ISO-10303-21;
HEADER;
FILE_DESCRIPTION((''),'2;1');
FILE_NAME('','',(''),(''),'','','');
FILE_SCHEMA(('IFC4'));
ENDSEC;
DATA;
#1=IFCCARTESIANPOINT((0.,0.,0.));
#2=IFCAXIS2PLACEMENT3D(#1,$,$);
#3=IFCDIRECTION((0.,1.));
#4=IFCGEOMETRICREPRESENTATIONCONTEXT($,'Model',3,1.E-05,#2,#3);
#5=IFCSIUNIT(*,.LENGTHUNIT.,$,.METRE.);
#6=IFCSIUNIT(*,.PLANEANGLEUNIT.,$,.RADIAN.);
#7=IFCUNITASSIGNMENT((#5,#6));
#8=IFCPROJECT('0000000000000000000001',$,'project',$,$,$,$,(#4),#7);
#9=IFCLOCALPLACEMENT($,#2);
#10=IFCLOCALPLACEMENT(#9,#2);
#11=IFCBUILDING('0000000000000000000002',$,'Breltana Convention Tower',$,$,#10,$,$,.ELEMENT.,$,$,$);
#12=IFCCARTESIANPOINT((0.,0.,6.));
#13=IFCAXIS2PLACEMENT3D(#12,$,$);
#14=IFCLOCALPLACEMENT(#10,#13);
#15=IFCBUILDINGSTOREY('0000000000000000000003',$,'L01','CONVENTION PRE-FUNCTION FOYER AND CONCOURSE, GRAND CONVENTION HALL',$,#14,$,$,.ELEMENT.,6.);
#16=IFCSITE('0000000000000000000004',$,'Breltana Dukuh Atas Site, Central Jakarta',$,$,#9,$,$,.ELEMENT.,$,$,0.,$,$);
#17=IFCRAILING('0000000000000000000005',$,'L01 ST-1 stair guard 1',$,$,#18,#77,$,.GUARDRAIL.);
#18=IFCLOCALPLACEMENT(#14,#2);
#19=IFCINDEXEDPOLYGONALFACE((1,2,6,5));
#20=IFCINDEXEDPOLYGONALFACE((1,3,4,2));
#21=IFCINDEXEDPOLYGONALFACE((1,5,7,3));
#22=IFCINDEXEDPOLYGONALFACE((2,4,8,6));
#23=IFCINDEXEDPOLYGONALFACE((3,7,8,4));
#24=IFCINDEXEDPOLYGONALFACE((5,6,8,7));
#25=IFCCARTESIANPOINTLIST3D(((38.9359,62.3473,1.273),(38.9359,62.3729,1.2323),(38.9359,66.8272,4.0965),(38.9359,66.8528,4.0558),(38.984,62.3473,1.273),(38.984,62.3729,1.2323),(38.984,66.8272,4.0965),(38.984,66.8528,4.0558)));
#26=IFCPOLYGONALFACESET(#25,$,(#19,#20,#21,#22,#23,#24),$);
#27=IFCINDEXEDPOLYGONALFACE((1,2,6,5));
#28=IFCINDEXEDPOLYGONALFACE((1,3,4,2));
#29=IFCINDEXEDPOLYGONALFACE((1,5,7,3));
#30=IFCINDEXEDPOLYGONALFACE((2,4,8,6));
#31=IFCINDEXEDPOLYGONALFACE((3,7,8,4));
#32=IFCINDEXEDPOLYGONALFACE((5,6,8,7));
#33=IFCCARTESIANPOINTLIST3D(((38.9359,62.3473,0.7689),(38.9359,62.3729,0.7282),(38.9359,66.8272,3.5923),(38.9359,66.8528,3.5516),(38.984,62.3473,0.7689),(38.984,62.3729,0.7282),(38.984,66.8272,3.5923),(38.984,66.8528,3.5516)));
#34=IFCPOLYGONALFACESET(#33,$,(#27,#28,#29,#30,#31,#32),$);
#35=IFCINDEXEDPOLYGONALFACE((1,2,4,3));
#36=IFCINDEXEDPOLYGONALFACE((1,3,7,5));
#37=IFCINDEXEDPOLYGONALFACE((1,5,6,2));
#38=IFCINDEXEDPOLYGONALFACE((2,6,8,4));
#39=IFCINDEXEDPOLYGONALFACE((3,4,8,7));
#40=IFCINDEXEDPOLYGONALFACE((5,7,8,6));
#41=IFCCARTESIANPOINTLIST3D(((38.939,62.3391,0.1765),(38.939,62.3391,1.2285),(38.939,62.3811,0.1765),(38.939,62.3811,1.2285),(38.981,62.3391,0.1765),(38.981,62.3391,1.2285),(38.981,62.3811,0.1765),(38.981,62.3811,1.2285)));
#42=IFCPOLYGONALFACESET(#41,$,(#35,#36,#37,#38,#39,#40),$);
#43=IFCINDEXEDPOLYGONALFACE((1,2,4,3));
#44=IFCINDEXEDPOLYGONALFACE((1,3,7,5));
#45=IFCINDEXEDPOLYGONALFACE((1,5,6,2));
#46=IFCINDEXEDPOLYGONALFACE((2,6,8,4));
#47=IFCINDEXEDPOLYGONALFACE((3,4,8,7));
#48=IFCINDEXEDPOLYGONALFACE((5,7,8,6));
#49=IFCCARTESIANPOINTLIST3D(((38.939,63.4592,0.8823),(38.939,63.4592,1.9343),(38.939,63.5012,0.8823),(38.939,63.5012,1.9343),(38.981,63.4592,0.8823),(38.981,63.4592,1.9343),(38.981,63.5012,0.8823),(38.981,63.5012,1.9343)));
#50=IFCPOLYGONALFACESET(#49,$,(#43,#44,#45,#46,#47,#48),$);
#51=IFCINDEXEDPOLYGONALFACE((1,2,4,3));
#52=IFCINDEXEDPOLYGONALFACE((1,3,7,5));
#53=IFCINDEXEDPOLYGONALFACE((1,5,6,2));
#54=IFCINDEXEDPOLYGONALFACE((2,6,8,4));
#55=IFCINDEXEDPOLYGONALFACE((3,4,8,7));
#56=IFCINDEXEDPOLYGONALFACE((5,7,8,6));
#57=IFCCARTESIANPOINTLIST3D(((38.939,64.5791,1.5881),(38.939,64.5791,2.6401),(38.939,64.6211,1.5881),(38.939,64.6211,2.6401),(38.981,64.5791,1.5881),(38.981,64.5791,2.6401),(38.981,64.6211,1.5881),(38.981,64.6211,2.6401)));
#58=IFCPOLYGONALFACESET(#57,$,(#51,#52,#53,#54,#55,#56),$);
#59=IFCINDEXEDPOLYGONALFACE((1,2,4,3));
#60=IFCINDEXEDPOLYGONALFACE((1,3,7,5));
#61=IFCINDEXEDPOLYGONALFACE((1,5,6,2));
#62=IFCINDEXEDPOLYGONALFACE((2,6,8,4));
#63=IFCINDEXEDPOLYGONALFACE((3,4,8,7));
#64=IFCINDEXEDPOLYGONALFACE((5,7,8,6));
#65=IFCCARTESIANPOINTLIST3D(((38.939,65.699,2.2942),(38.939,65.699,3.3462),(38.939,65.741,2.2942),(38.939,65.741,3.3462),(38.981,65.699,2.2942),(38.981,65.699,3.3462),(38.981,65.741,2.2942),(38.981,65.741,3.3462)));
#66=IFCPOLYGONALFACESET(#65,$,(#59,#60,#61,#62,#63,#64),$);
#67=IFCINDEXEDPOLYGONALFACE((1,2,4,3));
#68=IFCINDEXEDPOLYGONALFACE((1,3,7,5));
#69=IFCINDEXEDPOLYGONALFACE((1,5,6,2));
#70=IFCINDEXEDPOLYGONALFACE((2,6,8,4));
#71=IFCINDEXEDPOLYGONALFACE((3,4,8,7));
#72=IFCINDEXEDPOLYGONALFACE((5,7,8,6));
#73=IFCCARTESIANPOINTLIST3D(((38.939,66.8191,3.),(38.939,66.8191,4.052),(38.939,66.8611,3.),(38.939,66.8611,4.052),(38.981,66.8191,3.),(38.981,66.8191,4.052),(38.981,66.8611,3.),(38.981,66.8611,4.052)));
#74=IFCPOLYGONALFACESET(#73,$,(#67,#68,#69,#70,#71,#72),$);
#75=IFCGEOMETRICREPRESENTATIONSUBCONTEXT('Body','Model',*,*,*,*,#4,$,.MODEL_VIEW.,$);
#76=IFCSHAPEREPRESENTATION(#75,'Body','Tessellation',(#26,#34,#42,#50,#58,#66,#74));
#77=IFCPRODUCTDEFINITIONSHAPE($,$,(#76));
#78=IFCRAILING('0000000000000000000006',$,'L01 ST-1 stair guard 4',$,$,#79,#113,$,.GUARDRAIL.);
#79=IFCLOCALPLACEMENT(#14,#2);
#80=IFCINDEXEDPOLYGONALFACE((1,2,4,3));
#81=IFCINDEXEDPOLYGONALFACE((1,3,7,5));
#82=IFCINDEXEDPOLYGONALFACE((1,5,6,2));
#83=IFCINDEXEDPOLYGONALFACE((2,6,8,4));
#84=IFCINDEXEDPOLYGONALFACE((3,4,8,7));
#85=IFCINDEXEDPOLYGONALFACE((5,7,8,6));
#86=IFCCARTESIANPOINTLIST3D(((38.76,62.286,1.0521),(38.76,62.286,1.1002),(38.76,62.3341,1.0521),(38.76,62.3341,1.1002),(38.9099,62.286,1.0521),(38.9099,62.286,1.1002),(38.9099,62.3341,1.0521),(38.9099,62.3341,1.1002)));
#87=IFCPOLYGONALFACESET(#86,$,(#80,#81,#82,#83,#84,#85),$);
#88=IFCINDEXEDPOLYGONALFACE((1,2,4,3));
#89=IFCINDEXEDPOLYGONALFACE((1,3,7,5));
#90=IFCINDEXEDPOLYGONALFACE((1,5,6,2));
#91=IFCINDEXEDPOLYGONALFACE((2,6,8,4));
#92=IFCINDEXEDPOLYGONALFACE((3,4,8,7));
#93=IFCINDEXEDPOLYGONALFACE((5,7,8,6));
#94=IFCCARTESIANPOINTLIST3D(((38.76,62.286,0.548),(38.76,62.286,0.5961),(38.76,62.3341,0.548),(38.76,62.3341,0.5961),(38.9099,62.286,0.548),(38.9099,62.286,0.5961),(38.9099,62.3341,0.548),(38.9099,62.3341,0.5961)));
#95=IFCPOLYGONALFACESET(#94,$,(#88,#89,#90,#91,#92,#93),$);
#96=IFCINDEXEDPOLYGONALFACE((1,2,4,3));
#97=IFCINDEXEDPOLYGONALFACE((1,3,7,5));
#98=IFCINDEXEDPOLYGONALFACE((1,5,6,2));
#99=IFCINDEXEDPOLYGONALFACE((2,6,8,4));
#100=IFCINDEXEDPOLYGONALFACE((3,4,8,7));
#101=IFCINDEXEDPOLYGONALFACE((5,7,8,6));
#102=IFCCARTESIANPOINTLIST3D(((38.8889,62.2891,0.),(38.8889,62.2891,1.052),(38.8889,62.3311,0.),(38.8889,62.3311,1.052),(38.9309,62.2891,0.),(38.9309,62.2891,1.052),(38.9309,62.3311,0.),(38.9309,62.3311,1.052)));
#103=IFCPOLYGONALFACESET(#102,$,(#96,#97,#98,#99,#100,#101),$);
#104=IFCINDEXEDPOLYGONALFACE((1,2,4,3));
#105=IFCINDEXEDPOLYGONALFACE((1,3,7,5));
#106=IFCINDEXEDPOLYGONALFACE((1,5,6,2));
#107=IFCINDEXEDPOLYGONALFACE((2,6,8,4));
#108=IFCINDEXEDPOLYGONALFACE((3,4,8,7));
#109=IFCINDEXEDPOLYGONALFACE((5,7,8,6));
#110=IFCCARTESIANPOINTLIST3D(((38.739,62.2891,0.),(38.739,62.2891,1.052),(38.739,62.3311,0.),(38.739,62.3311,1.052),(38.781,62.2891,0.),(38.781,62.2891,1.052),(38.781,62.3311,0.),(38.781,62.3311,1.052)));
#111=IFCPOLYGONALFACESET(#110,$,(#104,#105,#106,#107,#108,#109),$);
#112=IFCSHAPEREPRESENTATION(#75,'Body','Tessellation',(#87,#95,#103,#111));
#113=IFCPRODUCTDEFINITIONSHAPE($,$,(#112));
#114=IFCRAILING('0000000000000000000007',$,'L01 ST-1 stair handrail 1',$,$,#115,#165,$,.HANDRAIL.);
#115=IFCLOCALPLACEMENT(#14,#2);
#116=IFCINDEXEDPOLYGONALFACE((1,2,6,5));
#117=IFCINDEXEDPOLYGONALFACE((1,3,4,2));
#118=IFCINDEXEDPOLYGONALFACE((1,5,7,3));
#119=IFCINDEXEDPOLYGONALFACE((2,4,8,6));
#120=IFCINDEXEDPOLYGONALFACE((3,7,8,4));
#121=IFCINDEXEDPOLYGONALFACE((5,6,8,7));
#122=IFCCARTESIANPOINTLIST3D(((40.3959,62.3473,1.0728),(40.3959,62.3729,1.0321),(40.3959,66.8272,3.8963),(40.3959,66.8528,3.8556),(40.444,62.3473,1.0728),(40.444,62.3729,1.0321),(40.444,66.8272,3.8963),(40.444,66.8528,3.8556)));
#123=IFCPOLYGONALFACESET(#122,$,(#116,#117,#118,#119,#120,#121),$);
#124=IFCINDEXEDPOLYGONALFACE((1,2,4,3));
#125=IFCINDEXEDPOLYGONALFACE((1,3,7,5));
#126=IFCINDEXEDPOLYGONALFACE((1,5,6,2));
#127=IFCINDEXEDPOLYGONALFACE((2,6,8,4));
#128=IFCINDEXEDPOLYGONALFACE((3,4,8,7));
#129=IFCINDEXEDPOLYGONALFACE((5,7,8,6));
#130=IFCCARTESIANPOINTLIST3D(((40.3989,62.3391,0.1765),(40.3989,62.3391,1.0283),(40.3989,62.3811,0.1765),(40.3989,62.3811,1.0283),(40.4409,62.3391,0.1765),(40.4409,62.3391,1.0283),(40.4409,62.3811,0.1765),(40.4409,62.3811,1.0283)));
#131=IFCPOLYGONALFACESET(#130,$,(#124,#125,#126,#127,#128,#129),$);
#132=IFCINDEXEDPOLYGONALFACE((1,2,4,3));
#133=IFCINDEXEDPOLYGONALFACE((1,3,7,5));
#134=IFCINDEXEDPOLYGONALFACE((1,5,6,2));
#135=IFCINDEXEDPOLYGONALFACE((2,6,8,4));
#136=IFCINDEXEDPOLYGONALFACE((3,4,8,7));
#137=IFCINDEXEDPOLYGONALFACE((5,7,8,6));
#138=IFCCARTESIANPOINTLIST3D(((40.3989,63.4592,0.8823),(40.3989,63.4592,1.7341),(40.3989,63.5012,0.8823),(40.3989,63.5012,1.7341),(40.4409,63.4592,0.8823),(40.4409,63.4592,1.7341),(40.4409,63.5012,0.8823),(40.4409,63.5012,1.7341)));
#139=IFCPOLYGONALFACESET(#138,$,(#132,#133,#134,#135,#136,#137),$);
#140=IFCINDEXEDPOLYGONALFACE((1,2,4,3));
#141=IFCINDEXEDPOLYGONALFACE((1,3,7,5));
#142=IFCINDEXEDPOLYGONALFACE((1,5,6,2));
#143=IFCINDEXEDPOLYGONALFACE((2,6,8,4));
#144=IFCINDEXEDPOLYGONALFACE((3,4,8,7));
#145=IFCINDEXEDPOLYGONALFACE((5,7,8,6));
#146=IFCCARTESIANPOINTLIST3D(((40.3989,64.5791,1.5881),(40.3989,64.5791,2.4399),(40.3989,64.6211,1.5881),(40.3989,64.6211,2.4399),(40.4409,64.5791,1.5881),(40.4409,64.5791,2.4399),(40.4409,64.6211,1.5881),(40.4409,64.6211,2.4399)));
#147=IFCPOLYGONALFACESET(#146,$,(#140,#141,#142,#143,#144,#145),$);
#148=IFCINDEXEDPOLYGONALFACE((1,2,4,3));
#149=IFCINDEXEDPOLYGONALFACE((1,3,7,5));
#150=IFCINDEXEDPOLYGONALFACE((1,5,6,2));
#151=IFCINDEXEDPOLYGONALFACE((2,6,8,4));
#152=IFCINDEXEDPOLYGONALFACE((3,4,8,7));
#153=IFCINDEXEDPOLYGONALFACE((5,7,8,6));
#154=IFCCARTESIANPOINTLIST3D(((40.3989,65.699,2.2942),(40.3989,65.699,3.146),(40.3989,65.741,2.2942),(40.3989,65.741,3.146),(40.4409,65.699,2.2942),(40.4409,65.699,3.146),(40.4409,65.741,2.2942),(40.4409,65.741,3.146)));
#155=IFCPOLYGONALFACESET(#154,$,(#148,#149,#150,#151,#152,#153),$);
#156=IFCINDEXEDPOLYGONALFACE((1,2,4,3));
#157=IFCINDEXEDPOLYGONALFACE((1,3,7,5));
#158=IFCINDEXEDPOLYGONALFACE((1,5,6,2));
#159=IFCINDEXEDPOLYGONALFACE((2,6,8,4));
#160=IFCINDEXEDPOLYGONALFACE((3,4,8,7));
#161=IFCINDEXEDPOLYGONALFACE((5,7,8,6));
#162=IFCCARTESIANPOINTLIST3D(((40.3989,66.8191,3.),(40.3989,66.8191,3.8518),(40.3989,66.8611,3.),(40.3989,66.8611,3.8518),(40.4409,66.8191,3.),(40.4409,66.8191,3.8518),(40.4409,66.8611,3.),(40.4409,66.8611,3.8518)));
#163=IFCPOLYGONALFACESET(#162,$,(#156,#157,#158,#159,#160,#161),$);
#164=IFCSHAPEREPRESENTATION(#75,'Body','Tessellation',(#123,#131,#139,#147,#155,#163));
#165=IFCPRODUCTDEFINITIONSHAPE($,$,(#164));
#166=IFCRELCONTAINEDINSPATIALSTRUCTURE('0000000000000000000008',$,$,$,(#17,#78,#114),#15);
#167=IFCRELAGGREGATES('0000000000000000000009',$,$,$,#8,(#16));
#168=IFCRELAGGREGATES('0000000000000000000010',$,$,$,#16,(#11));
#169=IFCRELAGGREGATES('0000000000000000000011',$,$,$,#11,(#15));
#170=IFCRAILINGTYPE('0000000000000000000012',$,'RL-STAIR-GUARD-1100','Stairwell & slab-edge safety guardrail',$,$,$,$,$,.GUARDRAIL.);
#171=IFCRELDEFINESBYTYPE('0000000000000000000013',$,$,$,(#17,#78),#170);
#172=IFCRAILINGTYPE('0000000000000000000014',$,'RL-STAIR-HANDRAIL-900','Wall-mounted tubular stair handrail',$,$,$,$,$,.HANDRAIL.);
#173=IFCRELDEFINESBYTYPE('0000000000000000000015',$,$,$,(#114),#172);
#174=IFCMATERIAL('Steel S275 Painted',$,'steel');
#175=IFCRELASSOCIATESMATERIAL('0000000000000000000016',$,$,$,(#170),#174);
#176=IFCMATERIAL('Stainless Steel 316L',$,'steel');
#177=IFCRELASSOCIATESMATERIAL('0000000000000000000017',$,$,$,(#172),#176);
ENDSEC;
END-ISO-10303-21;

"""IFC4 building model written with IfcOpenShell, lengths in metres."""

from ifc_helpers import new_model, si_unit, direction, frame, origin, origin_2d, place, context, subcontext, project, spatial, rectangle, extrude, material, type_object, element, save


model = new_model("IFC4")

# Units and contexts
model_context = context("Model", 3, precision=1e-05, world=origin(), true_north=direction((0.0, 1.0)))
body_context = subcontext(model_context, "Body", "Model", "MODEL_VIEW")
ifc_project = project(units=[si_unit("LENGTHUNIT", "METRE"), si_unit("PLANEANGLEUNIT", "RADIAN")], contexts=[model_context])

# Site, building, storey
site_placement = place(None, origin())
site = spatial("IfcSite", under=ifc_project, at=site_placement, Name="Breltana Dukuh Atas Site, Central Jakarta", CompositionType="ELEMENT", RefElevation=0.0)
building_placement = place(site_placement, origin())
building = spatial("IfcBuilding", under=site, at=building_placement, Name="Breltana Convention Tower", CompositionType="ELEMENT")
storey_placement = place(building_placement, frame((0.0, 0.0, 6.0)))
storey = spatial("IfcBuildingStorey", under=building, at=storey_placement, Name="L01", Description="CONVENTION PRE-FUNCTION FOYER AND CONCOURSE, GRAND CONVENTION HALL", CompositionType="ELEMENT", Elevation=6.0)

# Railings
ifc_material_1 = material(Name="Steel S275 Painted", Category="steel")
railing_type_1 = type_object("IfcRailingType", Name="RL-STAIR-GUARD-1100", Description="Stairwell & slab-edge safety guardrail", PredefinedType="GUARDRAIL", material=ifc_material_1)
railing_1_placement = place(storey_placement, frame((38.96, 62.3601, 0.1765)))
element("IfcRailing", 1, at=railing_1_placement, inside=storey, type_object=railing_type_1, Name="L01 ST-1 stair guard 1", PredefinedType="GUARDRAIL", context=body_context, shape_type="SweptSolid", body=[
    extrude(rectangle(XDim=0.0481, YDim=0.0481, at=origin_2d()), frame((0.0, 0.0, 1.0762), z_axis=(0.0, 0.845998, 0.533186), x_axis=(-1.0, 0.0, 0.0)), (0.0, 0.0, 1.0), 5.2954),
    extrude(rectangle(XDim=0.0481, YDim=0.0481, at=origin_2d()), frame((0.0, 0.0, 0.572), z_axis=(0.0, 0.845998, 0.533186), x_axis=(-1.0, 0.0, 0.0)), (0.0, 0.0, 1.0), 5.2954),
    extrude(rectangle(XDim=0.042, YDim=0.042, at=origin_2d()), origin(), (0.0, 0.0, 1.0), 1.052),
    extrude(rectangle(XDim=0.042, YDim=0.042, at=origin_2d()), frame((0.0, 1.1201, 0.7058)), (0.0, 0.0, 1.0), 1.052),
    extrude(rectangle(XDim=0.042, YDim=0.042, at=origin_2d()), frame((0.0, 2.24, 1.4116)), (0.0, 0.0, 1.0), 1.052),
    extrude(rectangle(XDim=0.042, YDim=0.042, at=origin_2d()), frame((0.0, 3.3599, 2.1177)), (0.0, 0.0, 1.0), 1.052),
    extrude(rectangle(XDim=0.042, YDim=0.042, at=origin_2d()), frame((0.0, 4.48, 2.8235)), (0.0, 0.0, 1.0), 1.052),
])
railing_2_placement = place(storey_placement, frame((38.9099, 62.3101, 0.0)))
element("IfcRailing", 2, at=railing_2_placement, inside=storey, type_object=railing_type_1, Name="L01 ST-1 stair guard 4", PredefinedType="GUARDRAIL", context=body_context, shape_type="SweptSolid", body=[
    extrude(rectangle(XDim=0.0481, YDim=0.0481, at=origin_2d()), frame((0.0, 0.0, 1.0762), z_axis=(-1.0, 0.0, 0.0), x_axis=(0.0, -1.0, 0.0)), (0.0, 0.0, 1.0), 0.1499),
    extrude(rectangle(XDim=0.0481, YDim=0.0481, at=origin_2d()), frame((0.0, 0.0, 0.572), z_axis=(-1.0, 0.0, 0.0), x_axis=(0.0, -1.0, 0.0)), (0.0, 0.0, 1.0), 0.1499),
    extrude(rectangle(XDim=0.042, YDim=0.042, at=origin_2d()), origin(), (0.0, 0.0, 1.0), 1.052),
    extrude(rectangle(XDim=0.042, YDim=0.042, at=origin_2d()), frame((-0.1499, 0.0, 0.0)), (0.0, 0.0, 1.0), 1.052),
])
ifc_material_2 = material(Name="Stainless Steel 316L", Category="steel")
railing_type_2 = type_object("IfcRailingType", Name="RL-STAIR-HANDRAIL-900", Description="Wall-mounted tubular stair handrail", PredefinedType="HANDRAIL", material=ifc_material_2)
railing_3_placement = place(storey_placement, frame((40.4199, 62.3601, 0.1765)))
element("IfcRailing", 3, at=railing_3_placement, inside=storey, type_object=railing_type_2, Name="L01 ST-1 stair handrail 1", PredefinedType="HANDRAIL", context=body_context, shape_type="SweptSolid", body=[
    extrude(rectangle(XDim=0.0481, YDim=0.0481, at=origin_2d()), frame((0.0, 0.0, 0.876), z_axis=(0.0, 0.845998, 0.533186), x_axis=(-1.0, 0.0, 0.0)), (0.0, 0.0, 1.0), 5.2954),
    extrude(rectangle(XDim=0.042, YDim=0.042, at=origin_2d()), origin(), (0.0, 0.0, 1.0), 0.8518),
    extrude(rectangle(XDim=0.042, YDim=0.042, at=origin_2d()), frame((0.0, 1.1201, 0.7058)), (0.0, 0.0, 1.0), 0.8518),
    extrude(rectangle(XDim=0.042, YDim=0.042, at=origin_2d()), frame((0.0, 2.24, 1.4116)), (0.0, 0.0, 1.0), 0.8518),
    extrude(rectangle(XDim=0.042, YDim=0.042, at=origin_2d()), frame((0.0, 3.3599, 2.1177)), (0.0, 0.0, 1.0), 0.8518),
    extrude(rectangle(XDim=0.042, YDim=0.042, at=origin_2d()), frame((0.0, 4.48, 2.8235)), (0.0, 0.0, 1.0), 0.8518),
])

save(model, "model.ifc")
